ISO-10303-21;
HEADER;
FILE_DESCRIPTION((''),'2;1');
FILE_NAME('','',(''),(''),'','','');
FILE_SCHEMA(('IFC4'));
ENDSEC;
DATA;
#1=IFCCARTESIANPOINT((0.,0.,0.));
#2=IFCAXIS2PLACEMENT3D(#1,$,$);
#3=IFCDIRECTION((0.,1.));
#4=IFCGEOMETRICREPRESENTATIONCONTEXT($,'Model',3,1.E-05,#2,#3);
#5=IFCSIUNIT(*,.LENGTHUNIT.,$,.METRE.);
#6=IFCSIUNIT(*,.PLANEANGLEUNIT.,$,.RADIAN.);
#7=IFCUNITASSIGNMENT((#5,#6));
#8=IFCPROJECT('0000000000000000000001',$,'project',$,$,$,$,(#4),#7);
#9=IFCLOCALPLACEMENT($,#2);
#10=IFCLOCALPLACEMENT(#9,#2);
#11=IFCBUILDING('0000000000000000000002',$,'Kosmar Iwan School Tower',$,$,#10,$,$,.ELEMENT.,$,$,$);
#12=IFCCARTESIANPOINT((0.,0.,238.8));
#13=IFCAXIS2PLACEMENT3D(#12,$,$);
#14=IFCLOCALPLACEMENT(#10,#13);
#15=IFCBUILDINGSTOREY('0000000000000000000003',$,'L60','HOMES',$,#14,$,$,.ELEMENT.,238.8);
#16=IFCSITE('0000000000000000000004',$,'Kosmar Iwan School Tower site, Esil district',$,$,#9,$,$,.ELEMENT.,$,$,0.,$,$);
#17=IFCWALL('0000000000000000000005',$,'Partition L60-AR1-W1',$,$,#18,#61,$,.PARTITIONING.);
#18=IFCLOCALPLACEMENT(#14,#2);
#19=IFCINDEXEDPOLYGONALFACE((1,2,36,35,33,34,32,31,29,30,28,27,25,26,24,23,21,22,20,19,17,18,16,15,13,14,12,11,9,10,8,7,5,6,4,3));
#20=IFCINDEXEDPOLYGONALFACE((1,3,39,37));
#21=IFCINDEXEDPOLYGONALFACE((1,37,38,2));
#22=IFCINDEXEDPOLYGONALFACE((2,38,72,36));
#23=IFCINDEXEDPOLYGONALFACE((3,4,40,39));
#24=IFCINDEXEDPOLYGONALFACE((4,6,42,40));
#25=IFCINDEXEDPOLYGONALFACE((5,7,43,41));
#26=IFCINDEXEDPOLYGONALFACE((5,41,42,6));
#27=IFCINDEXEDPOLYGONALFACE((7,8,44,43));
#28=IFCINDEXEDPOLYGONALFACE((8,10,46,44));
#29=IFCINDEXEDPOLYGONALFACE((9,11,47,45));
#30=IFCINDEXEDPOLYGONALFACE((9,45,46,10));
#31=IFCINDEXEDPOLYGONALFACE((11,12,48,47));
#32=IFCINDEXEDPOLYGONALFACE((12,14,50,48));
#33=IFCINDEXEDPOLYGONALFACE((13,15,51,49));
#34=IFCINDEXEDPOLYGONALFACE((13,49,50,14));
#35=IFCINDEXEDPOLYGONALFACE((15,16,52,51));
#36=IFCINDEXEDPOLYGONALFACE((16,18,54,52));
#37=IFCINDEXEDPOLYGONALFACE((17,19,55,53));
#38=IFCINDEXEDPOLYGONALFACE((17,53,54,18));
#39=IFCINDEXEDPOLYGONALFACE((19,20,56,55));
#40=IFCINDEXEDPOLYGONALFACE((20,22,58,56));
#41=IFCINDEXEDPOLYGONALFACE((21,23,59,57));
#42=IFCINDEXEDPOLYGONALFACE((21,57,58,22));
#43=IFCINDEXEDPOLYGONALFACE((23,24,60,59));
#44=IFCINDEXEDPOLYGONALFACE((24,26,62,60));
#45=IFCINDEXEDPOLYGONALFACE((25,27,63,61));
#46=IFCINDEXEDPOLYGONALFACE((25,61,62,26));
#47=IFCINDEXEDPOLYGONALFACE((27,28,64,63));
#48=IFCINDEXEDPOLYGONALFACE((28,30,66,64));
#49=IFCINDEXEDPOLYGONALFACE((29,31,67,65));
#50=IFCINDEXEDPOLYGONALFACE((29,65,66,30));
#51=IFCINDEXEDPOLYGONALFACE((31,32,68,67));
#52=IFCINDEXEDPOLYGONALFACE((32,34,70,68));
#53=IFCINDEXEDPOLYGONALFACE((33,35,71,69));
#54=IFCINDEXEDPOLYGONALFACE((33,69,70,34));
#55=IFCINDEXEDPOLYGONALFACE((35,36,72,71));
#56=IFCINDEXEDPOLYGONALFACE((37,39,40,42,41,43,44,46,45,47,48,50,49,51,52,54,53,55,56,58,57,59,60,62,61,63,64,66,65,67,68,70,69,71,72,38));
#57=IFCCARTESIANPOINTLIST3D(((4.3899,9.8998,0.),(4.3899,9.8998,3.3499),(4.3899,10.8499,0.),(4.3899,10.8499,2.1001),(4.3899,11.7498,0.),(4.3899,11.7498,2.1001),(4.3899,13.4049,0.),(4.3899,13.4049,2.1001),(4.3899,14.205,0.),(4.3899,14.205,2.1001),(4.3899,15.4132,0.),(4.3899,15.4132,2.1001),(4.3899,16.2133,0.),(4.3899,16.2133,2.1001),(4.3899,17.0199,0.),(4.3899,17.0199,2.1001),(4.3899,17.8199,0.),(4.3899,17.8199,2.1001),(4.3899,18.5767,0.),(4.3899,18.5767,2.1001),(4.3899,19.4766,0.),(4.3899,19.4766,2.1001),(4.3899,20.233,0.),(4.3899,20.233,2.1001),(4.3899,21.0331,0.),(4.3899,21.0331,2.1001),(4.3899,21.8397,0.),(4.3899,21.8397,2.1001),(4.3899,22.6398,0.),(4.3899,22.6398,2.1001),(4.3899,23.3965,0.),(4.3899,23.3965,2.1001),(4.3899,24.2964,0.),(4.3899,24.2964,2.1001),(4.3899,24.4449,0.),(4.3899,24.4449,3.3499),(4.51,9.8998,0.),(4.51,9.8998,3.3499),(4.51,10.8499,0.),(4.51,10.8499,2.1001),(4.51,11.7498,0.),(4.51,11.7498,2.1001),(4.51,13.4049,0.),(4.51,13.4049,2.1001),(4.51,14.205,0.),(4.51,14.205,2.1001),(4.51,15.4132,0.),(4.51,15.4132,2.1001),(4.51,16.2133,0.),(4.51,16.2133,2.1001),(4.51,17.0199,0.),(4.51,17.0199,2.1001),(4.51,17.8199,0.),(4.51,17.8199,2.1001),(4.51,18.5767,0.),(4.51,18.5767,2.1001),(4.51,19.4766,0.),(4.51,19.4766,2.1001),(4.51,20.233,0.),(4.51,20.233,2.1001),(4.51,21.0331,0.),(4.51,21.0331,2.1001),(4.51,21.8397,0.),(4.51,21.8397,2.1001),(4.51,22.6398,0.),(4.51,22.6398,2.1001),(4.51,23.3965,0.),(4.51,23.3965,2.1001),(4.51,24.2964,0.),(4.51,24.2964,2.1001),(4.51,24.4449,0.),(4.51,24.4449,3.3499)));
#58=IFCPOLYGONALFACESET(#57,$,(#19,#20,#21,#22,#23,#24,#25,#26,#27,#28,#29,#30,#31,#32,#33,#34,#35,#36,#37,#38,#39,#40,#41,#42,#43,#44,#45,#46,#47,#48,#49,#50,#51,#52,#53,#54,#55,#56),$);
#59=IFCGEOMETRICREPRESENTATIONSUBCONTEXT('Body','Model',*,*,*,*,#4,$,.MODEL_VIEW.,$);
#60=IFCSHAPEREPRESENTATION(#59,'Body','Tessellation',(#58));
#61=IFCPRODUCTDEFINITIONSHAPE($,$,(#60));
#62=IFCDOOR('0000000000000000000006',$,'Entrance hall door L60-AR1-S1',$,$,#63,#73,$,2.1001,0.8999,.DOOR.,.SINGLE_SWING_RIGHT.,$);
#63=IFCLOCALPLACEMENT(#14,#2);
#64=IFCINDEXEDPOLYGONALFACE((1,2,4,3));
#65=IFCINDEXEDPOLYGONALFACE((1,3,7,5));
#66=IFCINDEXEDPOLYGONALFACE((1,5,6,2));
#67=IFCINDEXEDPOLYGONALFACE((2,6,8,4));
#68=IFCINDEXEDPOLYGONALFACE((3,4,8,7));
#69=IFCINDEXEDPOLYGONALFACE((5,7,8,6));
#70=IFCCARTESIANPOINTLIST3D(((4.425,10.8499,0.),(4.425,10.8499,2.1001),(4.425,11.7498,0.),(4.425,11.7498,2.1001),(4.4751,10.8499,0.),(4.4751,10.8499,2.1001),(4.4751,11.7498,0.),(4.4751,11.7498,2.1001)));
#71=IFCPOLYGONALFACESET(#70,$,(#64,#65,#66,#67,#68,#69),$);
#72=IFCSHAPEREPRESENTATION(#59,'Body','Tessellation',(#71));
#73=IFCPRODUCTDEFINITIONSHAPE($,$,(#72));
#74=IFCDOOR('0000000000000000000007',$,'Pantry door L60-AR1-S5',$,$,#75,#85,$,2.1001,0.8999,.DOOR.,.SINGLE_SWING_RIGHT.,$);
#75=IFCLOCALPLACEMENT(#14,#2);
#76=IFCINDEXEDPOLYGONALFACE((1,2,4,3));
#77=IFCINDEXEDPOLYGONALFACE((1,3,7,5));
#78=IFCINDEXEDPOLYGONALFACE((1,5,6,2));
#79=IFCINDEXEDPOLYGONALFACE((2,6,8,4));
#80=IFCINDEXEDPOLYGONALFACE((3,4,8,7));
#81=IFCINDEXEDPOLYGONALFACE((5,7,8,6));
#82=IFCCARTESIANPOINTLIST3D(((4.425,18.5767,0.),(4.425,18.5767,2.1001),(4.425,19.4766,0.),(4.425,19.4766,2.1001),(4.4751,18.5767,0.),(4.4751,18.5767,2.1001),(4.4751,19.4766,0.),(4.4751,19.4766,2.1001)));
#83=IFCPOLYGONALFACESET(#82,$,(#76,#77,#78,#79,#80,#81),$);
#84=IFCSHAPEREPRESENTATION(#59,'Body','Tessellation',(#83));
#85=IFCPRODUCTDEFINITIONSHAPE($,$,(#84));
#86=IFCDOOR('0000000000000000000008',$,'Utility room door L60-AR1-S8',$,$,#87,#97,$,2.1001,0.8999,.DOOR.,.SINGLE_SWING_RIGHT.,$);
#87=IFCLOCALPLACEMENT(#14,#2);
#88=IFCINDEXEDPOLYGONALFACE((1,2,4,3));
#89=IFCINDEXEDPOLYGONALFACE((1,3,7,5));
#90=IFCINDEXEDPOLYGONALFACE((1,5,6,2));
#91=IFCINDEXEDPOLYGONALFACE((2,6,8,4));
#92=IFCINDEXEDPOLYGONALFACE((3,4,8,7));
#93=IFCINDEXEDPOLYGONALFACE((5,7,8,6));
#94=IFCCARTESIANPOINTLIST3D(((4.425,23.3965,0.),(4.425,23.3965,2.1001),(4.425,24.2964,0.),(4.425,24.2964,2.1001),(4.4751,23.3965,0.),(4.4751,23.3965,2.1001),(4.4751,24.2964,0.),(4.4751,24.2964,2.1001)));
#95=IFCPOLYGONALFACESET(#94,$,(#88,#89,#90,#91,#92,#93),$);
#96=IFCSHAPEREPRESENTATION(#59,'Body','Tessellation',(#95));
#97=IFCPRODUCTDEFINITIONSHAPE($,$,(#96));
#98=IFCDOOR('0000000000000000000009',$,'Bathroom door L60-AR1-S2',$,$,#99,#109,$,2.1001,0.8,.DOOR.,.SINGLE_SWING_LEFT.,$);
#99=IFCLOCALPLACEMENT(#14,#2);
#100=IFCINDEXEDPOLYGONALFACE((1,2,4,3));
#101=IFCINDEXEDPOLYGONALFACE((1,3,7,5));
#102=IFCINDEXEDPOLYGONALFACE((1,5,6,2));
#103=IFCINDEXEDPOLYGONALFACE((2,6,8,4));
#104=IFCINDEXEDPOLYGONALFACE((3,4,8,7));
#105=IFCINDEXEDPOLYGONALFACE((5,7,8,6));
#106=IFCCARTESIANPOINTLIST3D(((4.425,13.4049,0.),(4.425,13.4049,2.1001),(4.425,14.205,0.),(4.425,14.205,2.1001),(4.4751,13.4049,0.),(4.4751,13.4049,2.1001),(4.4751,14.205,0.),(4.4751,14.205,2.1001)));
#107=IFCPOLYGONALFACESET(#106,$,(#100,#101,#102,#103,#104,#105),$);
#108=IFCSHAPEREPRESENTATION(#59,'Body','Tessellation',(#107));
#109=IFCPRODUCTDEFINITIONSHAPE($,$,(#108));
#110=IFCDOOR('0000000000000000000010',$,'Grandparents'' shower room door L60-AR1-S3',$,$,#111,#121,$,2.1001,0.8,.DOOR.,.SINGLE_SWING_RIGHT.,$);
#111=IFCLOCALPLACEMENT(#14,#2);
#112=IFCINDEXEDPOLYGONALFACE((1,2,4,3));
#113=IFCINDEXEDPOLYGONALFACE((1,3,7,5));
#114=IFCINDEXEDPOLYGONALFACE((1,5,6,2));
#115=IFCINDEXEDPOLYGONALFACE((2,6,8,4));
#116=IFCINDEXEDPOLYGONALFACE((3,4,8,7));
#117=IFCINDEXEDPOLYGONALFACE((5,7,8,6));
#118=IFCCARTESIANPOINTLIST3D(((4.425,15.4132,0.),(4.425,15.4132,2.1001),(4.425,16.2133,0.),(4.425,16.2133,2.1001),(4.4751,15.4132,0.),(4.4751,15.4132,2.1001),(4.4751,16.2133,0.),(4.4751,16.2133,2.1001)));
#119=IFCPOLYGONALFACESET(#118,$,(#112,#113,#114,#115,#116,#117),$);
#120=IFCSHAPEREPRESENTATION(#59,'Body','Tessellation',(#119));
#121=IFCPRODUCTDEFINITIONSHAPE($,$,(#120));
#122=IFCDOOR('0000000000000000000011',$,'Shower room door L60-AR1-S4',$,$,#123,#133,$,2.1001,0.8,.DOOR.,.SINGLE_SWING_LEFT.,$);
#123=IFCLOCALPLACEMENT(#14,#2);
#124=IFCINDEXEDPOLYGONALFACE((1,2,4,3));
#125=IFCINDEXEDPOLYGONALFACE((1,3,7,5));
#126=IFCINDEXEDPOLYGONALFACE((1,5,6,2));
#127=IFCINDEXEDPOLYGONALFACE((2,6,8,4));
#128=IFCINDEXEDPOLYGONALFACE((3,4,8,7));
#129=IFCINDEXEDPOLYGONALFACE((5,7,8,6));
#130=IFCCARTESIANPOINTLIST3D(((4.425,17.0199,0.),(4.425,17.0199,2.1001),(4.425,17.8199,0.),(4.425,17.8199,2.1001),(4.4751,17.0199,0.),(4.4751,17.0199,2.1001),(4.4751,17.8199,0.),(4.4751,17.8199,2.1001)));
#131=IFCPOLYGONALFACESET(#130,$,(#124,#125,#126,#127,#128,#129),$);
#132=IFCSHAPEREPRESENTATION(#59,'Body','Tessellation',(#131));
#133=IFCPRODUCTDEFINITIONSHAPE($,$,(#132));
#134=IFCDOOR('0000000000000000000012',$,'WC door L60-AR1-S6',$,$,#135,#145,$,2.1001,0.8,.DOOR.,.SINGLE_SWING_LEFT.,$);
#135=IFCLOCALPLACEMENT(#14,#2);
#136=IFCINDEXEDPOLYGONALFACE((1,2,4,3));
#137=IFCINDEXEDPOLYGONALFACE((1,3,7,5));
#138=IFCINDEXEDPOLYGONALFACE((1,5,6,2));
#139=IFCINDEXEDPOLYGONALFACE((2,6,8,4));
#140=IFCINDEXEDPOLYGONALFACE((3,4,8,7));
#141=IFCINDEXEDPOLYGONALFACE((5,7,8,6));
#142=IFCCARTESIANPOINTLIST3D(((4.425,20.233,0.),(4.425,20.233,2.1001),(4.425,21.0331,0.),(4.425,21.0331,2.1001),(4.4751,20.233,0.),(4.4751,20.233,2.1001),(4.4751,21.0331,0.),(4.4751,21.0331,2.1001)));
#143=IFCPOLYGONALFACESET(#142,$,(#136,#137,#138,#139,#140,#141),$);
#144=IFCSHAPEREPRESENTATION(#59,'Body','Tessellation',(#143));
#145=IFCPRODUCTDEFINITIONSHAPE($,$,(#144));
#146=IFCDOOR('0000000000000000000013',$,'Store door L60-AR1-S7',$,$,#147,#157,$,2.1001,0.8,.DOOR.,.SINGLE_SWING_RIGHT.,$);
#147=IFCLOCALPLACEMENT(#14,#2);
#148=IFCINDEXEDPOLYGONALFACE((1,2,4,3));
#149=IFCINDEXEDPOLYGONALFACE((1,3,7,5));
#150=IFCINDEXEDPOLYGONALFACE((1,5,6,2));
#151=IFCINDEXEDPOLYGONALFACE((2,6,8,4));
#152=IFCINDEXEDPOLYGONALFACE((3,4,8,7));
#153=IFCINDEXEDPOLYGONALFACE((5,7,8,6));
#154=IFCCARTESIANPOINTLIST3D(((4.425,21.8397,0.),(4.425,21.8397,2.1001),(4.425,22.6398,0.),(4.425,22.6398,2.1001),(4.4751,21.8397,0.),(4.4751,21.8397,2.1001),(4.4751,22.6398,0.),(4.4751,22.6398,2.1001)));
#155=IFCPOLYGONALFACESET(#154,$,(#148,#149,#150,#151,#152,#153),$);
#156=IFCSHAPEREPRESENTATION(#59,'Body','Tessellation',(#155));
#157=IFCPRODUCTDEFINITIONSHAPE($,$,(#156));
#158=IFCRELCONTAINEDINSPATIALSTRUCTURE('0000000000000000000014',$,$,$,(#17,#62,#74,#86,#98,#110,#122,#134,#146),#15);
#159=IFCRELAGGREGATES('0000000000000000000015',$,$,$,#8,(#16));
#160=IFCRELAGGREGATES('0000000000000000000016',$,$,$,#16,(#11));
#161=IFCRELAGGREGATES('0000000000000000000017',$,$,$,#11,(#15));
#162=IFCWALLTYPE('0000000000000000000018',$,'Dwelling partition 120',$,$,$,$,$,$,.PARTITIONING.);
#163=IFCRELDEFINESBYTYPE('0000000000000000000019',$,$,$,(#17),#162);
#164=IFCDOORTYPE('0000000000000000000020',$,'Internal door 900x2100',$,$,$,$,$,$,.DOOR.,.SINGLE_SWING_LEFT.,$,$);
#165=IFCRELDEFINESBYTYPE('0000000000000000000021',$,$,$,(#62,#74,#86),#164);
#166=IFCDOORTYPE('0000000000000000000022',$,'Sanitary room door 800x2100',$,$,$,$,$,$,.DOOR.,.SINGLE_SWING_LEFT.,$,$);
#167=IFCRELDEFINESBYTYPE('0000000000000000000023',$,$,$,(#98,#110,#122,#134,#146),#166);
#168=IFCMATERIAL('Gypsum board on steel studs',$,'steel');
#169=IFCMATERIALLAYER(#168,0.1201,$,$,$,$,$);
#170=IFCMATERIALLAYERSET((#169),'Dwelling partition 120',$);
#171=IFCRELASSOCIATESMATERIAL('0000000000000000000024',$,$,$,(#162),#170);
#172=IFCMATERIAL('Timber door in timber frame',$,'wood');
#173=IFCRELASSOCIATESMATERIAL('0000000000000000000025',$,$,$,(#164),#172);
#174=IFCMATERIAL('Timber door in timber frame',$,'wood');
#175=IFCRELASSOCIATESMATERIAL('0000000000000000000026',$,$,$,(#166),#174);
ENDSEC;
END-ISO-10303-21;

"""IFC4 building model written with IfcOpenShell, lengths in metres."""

from ifc_helpers import new_model, si_unit, direction, frame, frame_2d, origin, place, context, subcontext, project, spatial, rectangle, extrude, material, layer, layer_set, type_object, element, fill, save


model = new_model("IFC4")

# Units and contexts
model_context = context("Model", 3, precision=1e-05, world=origin(), true_north=direction((0.0, 1.0)))
body_context = subcontext(model_context, "Body", "Model", "MODEL_VIEW")
ifc_project = project(units=[si_unit("LENGTHUNIT", "METRE"), si_unit("PLANEANGLEUNIT", "RADIAN")], contexts=[model_context])

# Site, building, storey
site_placement = place(None, origin())
site = spatial("IfcSite", under=ifc_project, at=site_placement, Name="Kosmar Iwan School Tower site, Esil district", CompositionType="ELEMENT", RefElevation=0.0)
building_placement = place(site_placement, origin())
building = spatial("IfcBuilding", under=site, at=building_placement, Name="Kosmar Iwan School Tower", CompositionType="ELEMENT")
storey_placement = place(building_placement, frame((0.0, 0.0, 238.8)))
storey = spatial("IfcBuildingStorey", under=building, at=storey_placement, Name="L60", Description="HOMES", CompositionType="ELEMENT", Elevation=238.8)

# Wall, openings, doors
ifc_material_1 = material(Name="Gypsum board on steel studs", Category="steel")
ifc_layer_1 = layer(ifc_material_1, 0.1201)
ifc_layer_set_1 = layer_set([ifc_layer_1], Name="Dwelling partition 120")
wall_type_1 = type_object("IfcWallType", Name="Dwelling partition 120", PredefinedType="PARTITIONING", material=ifc_layer_set_1)
wall_1_placement = place(storey_placement, frame((4.45, 9.8999, 0.0), z_axis=(0.0, 0.0, 1.0), x_axis=(0.0, 1.0, 0.0)))
wall_1 = element("IfcWall", 1, at=wall_1_placement, inside=storey, type_object=wall_type_1, Name="Partition L60-AR1-W1", PredefinedType="PARTITIONING", context=body_context, shape_type="SweptSolid", body=[
    extrude(rectangle(XDim=14.5452, YDim=0.1201, at=frame_2d((7.2725, 0.0))), origin(), (0.0, 0.0, 1.0), 3.3499),
])
opening_1_placement = place(wall_1_placement, frame((0.95, 0.0, 0.0)))
opening_1 = element("IfcOpeningElement", 2, at=opening_1_placement, cuts=wall_1, PredefinedType="OPENING", context=body_context, shape_type="SweptSolid", body=[
    extrude(rectangle(XDim=0.8999, YDim=2.1001, at=frame_2d((0.45, 1.05))), frame((0.0, 0.072, 0.0), z_axis=(0.0, -1.0, 0.0), x_axis=(1.0, 0.0, 0.0)), (0.0, 0.0, 1.0), 0.144),
])
opening_2_placement = place(wall_1_placement, frame((3.5051, 0.0, 0.0)))
opening_2 = element("IfcOpeningElement", 3, at=opening_2_placement, cuts=wall_1, PredefinedType="OPENING", context=body_context, shape_type="SweptSolid", body=[
    extrude(rectangle(XDim=0.8, YDim=2.1001, at=frame_2d((0.3999, 1.05))), frame((0.0, 0.072, 0.0), z_axis=(0.0, -1.0, 0.0), x_axis=(1.0, 0.0, 0.0)), (0.0, 0.0, 1.0), 0.144),
])
opening_3_placement = place(wall_1_placement, frame((5.5134, 0.0, 0.0)))
opening_3 = element("IfcOpeningElement", 4, at=opening_3_placement, cuts=wall_1, PredefinedType="OPENING", context=body_context, shape_type="SweptSolid", body=[
    extrude(rectangle(XDim=0.8, YDim=2.1001, at=frame_2d((0.3999, 1.05))), frame((0.0, 0.072, 0.0), z_axis=(0.0, -1.0, 0.0), x_axis=(1.0, 0.0, 0.0)), (0.0, 0.0, 1.0), 0.144),
])
opening_4_placement = place(wall_1_placement, frame((7.1201, 0.0, 0.0)))
opening_4 = element("IfcOpeningElement", 5, at=opening_4_placement, cuts=wall_1, PredefinedType="OPENING", context=body_context, shape_type="SweptSolid", body=[
    extrude(rectangle(XDim=0.8, YDim=2.1001, at=frame_2d((0.3999, 1.05))), frame((0.0, 0.072, 0.0), z_axis=(0.0, -1.0, 0.0), x_axis=(1.0, 0.0, 0.0)), (0.0, 0.0, 1.0), 0.144),
])
opening_5_placement = place(wall_1_placement, frame((8.6768, 0.0, 0.0)))
opening_5 = element("IfcOpeningElement", 6, at=opening_5_placement, cuts=wall_1, PredefinedType="OPENING", context=body_context, shape_type="SweptSolid", body=[
    extrude(rectangle(XDim=0.8999, YDim=2.1001, at=frame_2d((0.45, 1.05))), frame((0.0, 0.072, 0.0), z_axis=(0.0, -1.0, 0.0), x_axis=(1.0, 0.0, 0.0)), (0.0, 0.0, 1.0), 0.144),
])
opening_6_placement = place(wall_1_placement, frame((10.3333, 0.0, 0.0)))
opening_6 = element("IfcOpeningElement", 7, at=opening_6_placement, cuts=wall_1, PredefinedType="OPENING", context=body_context, shape_type="SweptSolid", body=[
    extrude(rectangle(XDim=0.8, YDim=2.1001, at=frame_2d((0.3999, 1.05))), frame((0.0, 0.072, 0.0), z_axis=(0.0, -1.0, 0.0), x_axis=(1.0, 0.0, 0.0)), (0.0, 0.0, 1.0), 0.144),
])
opening_7_placement = place(wall_1_placement, frame((11.9399, 0.0, 0.0)))
opening_7 = element("IfcOpeningElement", 8, at=opening_7_placement, cuts=wall_1, PredefinedType="OPENING", context=body_context, shape_type="SweptSolid", body=[
    extrude(rectangle(XDim=0.8, YDim=2.1001, at=frame_2d((0.3999, 1.05))), frame((0.0, 0.072, 0.0), z_axis=(0.0, -1.0, 0.0), x_axis=(1.0, 0.0, 0.0)), (0.0, 0.0, 1.0), 0.144),
])
opening_8_placement = place(wall_1_placement, frame((13.4966, 0.0, 0.0)))
opening_8 = element("IfcOpeningElement", 9, at=opening_8_placement, cuts=wall_1, PredefinedType="OPENING", context=body_context, shape_type="SweptSolid", body=[
    extrude(rectangle(XDim=0.8999, YDim=2.1001, at=frame_2d((0.45, 1.05))), frame((0.0, 0.072, 0.0), z_axis=(0.0, -1.0, 0.0), x_axis=(1.0, 0.0, 0.0)), (0.0, 0.0, 1.0), 0.144),
])
ifc_material_2 = material(Name="Timber door in timber frame", Category="wood")
door_type_1 = type_object("IfcDoorType", Name="Internal door 900x2100", OperationType="SINGLE_SWING_LEFT", PredefinedType="DOOR", material=ifc_material_2)
door_1_placement = place(opening_1_placement, origin())
door_1 = element("IfcDoor", 10, at=door_1_placement, inside=storey, type_object=door_type_1, Name="Entrance hall door L60-AR1-S1", OperationType="SINGLE_SWING_RIGHT", OverallHeight=2.1001, OverallWidth=0.8999, PredefinedType="DOOR", context=body_context, shape_type="SweptSolid", body=[
    extrude(rectangle(XDim=0.8999, YDim=2.1001, at=frame_2d((0.45, 1.05))), frame((0.0, 0.0249, 0.0), z_axis=(0.0, -1.0, 0.0), x_axis=(1.0, 0.0, 0.0)), (0.0, 0.0, 1.0), 0.05),
])
fill(opening_1, door_1)
door_2_placement = place(opening_5_placement, origin())
door_2 = element("IfcDoor", 11, at=door_2_placement, inside=storey, type_object=door_type_1, Name="Pantry door L60-AR1-S5", OperationType="SINGLE_SWING_RIGHT", OverallHeight=2.1001, OverallWidth=0.8999, PredefinedType="DOOR", context=body_context, shape_type="SweptSolid", body=[
    extrude(rectangle(XDim=0.8999, YDim=2.1001, at=frame_2d((0.45, 1.05))), frame((0.0, 0.0249, 0.0), z_axis=(0.0, -1.0, 0.0), x_axis=(1.0, 0.0, 0.0)), (0.0, 0.0, 1.0), 0.05),
])
fill(opening_5, door_2)
door_3_placement = place(opening_8_placement, origin())
door_3 = element("IfcDoor", 12, at=door_3_placement, inside=storey, type_object=door_type_1, Name="Utility room door L60-AR1-S8", OperationType="SINGLE_SWING_RIGHT", OverallHeight=2.1001, OverallWidth=0.8999, PredefinedType="DOOR", context=body_context, shape_type="SweptSolid", body=[
    extrude(rectangle(XDim=0.8999, YDim=2.1001, at=frame_2d((0.45, 1.05))), frame((0.0, 0.0249, 0.0), z_axis=(0.0, -1.0, 0.0), x_axis=(1.0, 0.0, 0.0)), (0.0, 0.0, 1.0), 0.05),
])
fill(opening_8, door_3)
ifc_material_3 = material(Name="Timber door in timber frame", Category="wood")
door_type_2 = type_object("IfcDoorType", Name="Sanitary room door 800x2100", OperationType="SINGLE_SWING_LEFT", PredefinedType="DOOR", material=ifc_material_3)
door_4_placement = place(opening_2_placement, origin())
door_4 = element("IfcDoor", 13, at=door_4_placement, inside=storey, type_object=door_type_2, Name="Bathroom door L60-AR1-S2", OperationType="SINGLE_SWING_LEFT", OverallHeight=2.1001, OverallWidth=0.8, PredefinedType="DOOR", context=body_context, shape_type="SweptSolid", body=[
    extrude(rectangle(XDim=0.8, YDim=2.1001, at=frame_2d((0.3999, 1.05))), frame((0.0, 0.0249, 0.0), z_axis=(0.0, -1.0, 0.0), x_axis=(1.0, 0.0, 0.0)), (0.0, 0.0, 1.0), 0.05),
])
fill(opening_2, door_4)
door_5_placement = place(opening_3_placement, origin())
door_5 = element("IfcDoor", 14, at=door_5_placement, inside=storey, type_object=door_type_2, Name="Grandparents' shower room door L60-AR1-S3", OperationType="SINGLE_SWING_RIGHT", OverallHeight=2.1001, OverallWidth=0.8, PredefinedType="DOOR", context=body_context, shape_type="SweptSolid", body=[
    extrude(rectangle(XDim=0.8, YDim=2.1001, at=frame_2d((0.3999, 1.05))), frame((0.0, 0.0249, 0.0), z_axis=(0.0, -1.0, 0.0), x_axis=(1.0, 0.0, 0.0)), (0.0, 0.0, 1.0), 0.05),
])
fill(opening_3, door_5)
door_6_placement = place(opening_4_placement, origin())
door_6 = element("IfcDoor", 15, at=door_6_placement, inside=storey, type_object=door_type_2, Name="Shower room door L60-AR1-S4", OperationType="SINGLE_SWING_LEFT", OverallHeight=2.1001, OverallWidth=0.8, PredefinedType="DOOR", context=body_context, shape_type="SweptSolid", body=[
    extrude(rectangle(XDim=0.8, YDim=2.1001, at=frame_2d((0.3999, 1.05))), frame((0.0, 0.0249, 0.0), z_axis=(0.0, -1.0, 0.0), x_axis=(1.0, 0.0, 0.0)), (0.0, 0.0, 1.0), 0.05),
])
fill(opening_4, door_6)
door_7_placement = place(opening_6_placement, origin())
door_7 = element("IfcDoor", 16, at=door_7_placement, inside=storey, type_object=door_type_2, Name="WC door L60-AR1-S6", OperationType="SINGLE_SWING_LEFT", OverallHeight=2.1001, OverallWidth=0.8, PredefinedType="DOOR", context=body_context, shape_type="SweptSolid", body=[
    extrude(rectangle(XDim=0.8, YDim=2.1001, at=frame_2d((0.3999, 1.05))), frame((0.0, 0.0249, 0.0), z_axis=(0.0, -1.0, 0.0), x_axis=(1.0, 0.0, 0.0)), (0.0, 0.0, 1.0), 0.05),
])
fill(opening_6, door_7)
door_8_placement = place(opening_7_placement, origin())
door_8 = element("IfcDoor", 17, at=door_8_placement, inside=storey, type_object=door_type_2, Name="Store door L60-AR1-S7", OperationType="SINGLE_SWING_RIGHT", OverallHeight=2.1001, OverallWidth=0.8, PredefinedType="DOOR", context=body_context, shape_type="SweptSolid", body=[
    extrude(rectangle(XDim=0.8, YDim=2.1001, at=frame_2d((0.3999, 1.05))), frame((0.0, 0.0249, 0.0), z_axis=(0.0, -1.0, 0.0), x_axis=(1.0, 0.0, 0.0)), (0.0, 0.0, 1.0), 0.05),
])
fill(opening_7, door_8)

save(model, "model.ifc")
